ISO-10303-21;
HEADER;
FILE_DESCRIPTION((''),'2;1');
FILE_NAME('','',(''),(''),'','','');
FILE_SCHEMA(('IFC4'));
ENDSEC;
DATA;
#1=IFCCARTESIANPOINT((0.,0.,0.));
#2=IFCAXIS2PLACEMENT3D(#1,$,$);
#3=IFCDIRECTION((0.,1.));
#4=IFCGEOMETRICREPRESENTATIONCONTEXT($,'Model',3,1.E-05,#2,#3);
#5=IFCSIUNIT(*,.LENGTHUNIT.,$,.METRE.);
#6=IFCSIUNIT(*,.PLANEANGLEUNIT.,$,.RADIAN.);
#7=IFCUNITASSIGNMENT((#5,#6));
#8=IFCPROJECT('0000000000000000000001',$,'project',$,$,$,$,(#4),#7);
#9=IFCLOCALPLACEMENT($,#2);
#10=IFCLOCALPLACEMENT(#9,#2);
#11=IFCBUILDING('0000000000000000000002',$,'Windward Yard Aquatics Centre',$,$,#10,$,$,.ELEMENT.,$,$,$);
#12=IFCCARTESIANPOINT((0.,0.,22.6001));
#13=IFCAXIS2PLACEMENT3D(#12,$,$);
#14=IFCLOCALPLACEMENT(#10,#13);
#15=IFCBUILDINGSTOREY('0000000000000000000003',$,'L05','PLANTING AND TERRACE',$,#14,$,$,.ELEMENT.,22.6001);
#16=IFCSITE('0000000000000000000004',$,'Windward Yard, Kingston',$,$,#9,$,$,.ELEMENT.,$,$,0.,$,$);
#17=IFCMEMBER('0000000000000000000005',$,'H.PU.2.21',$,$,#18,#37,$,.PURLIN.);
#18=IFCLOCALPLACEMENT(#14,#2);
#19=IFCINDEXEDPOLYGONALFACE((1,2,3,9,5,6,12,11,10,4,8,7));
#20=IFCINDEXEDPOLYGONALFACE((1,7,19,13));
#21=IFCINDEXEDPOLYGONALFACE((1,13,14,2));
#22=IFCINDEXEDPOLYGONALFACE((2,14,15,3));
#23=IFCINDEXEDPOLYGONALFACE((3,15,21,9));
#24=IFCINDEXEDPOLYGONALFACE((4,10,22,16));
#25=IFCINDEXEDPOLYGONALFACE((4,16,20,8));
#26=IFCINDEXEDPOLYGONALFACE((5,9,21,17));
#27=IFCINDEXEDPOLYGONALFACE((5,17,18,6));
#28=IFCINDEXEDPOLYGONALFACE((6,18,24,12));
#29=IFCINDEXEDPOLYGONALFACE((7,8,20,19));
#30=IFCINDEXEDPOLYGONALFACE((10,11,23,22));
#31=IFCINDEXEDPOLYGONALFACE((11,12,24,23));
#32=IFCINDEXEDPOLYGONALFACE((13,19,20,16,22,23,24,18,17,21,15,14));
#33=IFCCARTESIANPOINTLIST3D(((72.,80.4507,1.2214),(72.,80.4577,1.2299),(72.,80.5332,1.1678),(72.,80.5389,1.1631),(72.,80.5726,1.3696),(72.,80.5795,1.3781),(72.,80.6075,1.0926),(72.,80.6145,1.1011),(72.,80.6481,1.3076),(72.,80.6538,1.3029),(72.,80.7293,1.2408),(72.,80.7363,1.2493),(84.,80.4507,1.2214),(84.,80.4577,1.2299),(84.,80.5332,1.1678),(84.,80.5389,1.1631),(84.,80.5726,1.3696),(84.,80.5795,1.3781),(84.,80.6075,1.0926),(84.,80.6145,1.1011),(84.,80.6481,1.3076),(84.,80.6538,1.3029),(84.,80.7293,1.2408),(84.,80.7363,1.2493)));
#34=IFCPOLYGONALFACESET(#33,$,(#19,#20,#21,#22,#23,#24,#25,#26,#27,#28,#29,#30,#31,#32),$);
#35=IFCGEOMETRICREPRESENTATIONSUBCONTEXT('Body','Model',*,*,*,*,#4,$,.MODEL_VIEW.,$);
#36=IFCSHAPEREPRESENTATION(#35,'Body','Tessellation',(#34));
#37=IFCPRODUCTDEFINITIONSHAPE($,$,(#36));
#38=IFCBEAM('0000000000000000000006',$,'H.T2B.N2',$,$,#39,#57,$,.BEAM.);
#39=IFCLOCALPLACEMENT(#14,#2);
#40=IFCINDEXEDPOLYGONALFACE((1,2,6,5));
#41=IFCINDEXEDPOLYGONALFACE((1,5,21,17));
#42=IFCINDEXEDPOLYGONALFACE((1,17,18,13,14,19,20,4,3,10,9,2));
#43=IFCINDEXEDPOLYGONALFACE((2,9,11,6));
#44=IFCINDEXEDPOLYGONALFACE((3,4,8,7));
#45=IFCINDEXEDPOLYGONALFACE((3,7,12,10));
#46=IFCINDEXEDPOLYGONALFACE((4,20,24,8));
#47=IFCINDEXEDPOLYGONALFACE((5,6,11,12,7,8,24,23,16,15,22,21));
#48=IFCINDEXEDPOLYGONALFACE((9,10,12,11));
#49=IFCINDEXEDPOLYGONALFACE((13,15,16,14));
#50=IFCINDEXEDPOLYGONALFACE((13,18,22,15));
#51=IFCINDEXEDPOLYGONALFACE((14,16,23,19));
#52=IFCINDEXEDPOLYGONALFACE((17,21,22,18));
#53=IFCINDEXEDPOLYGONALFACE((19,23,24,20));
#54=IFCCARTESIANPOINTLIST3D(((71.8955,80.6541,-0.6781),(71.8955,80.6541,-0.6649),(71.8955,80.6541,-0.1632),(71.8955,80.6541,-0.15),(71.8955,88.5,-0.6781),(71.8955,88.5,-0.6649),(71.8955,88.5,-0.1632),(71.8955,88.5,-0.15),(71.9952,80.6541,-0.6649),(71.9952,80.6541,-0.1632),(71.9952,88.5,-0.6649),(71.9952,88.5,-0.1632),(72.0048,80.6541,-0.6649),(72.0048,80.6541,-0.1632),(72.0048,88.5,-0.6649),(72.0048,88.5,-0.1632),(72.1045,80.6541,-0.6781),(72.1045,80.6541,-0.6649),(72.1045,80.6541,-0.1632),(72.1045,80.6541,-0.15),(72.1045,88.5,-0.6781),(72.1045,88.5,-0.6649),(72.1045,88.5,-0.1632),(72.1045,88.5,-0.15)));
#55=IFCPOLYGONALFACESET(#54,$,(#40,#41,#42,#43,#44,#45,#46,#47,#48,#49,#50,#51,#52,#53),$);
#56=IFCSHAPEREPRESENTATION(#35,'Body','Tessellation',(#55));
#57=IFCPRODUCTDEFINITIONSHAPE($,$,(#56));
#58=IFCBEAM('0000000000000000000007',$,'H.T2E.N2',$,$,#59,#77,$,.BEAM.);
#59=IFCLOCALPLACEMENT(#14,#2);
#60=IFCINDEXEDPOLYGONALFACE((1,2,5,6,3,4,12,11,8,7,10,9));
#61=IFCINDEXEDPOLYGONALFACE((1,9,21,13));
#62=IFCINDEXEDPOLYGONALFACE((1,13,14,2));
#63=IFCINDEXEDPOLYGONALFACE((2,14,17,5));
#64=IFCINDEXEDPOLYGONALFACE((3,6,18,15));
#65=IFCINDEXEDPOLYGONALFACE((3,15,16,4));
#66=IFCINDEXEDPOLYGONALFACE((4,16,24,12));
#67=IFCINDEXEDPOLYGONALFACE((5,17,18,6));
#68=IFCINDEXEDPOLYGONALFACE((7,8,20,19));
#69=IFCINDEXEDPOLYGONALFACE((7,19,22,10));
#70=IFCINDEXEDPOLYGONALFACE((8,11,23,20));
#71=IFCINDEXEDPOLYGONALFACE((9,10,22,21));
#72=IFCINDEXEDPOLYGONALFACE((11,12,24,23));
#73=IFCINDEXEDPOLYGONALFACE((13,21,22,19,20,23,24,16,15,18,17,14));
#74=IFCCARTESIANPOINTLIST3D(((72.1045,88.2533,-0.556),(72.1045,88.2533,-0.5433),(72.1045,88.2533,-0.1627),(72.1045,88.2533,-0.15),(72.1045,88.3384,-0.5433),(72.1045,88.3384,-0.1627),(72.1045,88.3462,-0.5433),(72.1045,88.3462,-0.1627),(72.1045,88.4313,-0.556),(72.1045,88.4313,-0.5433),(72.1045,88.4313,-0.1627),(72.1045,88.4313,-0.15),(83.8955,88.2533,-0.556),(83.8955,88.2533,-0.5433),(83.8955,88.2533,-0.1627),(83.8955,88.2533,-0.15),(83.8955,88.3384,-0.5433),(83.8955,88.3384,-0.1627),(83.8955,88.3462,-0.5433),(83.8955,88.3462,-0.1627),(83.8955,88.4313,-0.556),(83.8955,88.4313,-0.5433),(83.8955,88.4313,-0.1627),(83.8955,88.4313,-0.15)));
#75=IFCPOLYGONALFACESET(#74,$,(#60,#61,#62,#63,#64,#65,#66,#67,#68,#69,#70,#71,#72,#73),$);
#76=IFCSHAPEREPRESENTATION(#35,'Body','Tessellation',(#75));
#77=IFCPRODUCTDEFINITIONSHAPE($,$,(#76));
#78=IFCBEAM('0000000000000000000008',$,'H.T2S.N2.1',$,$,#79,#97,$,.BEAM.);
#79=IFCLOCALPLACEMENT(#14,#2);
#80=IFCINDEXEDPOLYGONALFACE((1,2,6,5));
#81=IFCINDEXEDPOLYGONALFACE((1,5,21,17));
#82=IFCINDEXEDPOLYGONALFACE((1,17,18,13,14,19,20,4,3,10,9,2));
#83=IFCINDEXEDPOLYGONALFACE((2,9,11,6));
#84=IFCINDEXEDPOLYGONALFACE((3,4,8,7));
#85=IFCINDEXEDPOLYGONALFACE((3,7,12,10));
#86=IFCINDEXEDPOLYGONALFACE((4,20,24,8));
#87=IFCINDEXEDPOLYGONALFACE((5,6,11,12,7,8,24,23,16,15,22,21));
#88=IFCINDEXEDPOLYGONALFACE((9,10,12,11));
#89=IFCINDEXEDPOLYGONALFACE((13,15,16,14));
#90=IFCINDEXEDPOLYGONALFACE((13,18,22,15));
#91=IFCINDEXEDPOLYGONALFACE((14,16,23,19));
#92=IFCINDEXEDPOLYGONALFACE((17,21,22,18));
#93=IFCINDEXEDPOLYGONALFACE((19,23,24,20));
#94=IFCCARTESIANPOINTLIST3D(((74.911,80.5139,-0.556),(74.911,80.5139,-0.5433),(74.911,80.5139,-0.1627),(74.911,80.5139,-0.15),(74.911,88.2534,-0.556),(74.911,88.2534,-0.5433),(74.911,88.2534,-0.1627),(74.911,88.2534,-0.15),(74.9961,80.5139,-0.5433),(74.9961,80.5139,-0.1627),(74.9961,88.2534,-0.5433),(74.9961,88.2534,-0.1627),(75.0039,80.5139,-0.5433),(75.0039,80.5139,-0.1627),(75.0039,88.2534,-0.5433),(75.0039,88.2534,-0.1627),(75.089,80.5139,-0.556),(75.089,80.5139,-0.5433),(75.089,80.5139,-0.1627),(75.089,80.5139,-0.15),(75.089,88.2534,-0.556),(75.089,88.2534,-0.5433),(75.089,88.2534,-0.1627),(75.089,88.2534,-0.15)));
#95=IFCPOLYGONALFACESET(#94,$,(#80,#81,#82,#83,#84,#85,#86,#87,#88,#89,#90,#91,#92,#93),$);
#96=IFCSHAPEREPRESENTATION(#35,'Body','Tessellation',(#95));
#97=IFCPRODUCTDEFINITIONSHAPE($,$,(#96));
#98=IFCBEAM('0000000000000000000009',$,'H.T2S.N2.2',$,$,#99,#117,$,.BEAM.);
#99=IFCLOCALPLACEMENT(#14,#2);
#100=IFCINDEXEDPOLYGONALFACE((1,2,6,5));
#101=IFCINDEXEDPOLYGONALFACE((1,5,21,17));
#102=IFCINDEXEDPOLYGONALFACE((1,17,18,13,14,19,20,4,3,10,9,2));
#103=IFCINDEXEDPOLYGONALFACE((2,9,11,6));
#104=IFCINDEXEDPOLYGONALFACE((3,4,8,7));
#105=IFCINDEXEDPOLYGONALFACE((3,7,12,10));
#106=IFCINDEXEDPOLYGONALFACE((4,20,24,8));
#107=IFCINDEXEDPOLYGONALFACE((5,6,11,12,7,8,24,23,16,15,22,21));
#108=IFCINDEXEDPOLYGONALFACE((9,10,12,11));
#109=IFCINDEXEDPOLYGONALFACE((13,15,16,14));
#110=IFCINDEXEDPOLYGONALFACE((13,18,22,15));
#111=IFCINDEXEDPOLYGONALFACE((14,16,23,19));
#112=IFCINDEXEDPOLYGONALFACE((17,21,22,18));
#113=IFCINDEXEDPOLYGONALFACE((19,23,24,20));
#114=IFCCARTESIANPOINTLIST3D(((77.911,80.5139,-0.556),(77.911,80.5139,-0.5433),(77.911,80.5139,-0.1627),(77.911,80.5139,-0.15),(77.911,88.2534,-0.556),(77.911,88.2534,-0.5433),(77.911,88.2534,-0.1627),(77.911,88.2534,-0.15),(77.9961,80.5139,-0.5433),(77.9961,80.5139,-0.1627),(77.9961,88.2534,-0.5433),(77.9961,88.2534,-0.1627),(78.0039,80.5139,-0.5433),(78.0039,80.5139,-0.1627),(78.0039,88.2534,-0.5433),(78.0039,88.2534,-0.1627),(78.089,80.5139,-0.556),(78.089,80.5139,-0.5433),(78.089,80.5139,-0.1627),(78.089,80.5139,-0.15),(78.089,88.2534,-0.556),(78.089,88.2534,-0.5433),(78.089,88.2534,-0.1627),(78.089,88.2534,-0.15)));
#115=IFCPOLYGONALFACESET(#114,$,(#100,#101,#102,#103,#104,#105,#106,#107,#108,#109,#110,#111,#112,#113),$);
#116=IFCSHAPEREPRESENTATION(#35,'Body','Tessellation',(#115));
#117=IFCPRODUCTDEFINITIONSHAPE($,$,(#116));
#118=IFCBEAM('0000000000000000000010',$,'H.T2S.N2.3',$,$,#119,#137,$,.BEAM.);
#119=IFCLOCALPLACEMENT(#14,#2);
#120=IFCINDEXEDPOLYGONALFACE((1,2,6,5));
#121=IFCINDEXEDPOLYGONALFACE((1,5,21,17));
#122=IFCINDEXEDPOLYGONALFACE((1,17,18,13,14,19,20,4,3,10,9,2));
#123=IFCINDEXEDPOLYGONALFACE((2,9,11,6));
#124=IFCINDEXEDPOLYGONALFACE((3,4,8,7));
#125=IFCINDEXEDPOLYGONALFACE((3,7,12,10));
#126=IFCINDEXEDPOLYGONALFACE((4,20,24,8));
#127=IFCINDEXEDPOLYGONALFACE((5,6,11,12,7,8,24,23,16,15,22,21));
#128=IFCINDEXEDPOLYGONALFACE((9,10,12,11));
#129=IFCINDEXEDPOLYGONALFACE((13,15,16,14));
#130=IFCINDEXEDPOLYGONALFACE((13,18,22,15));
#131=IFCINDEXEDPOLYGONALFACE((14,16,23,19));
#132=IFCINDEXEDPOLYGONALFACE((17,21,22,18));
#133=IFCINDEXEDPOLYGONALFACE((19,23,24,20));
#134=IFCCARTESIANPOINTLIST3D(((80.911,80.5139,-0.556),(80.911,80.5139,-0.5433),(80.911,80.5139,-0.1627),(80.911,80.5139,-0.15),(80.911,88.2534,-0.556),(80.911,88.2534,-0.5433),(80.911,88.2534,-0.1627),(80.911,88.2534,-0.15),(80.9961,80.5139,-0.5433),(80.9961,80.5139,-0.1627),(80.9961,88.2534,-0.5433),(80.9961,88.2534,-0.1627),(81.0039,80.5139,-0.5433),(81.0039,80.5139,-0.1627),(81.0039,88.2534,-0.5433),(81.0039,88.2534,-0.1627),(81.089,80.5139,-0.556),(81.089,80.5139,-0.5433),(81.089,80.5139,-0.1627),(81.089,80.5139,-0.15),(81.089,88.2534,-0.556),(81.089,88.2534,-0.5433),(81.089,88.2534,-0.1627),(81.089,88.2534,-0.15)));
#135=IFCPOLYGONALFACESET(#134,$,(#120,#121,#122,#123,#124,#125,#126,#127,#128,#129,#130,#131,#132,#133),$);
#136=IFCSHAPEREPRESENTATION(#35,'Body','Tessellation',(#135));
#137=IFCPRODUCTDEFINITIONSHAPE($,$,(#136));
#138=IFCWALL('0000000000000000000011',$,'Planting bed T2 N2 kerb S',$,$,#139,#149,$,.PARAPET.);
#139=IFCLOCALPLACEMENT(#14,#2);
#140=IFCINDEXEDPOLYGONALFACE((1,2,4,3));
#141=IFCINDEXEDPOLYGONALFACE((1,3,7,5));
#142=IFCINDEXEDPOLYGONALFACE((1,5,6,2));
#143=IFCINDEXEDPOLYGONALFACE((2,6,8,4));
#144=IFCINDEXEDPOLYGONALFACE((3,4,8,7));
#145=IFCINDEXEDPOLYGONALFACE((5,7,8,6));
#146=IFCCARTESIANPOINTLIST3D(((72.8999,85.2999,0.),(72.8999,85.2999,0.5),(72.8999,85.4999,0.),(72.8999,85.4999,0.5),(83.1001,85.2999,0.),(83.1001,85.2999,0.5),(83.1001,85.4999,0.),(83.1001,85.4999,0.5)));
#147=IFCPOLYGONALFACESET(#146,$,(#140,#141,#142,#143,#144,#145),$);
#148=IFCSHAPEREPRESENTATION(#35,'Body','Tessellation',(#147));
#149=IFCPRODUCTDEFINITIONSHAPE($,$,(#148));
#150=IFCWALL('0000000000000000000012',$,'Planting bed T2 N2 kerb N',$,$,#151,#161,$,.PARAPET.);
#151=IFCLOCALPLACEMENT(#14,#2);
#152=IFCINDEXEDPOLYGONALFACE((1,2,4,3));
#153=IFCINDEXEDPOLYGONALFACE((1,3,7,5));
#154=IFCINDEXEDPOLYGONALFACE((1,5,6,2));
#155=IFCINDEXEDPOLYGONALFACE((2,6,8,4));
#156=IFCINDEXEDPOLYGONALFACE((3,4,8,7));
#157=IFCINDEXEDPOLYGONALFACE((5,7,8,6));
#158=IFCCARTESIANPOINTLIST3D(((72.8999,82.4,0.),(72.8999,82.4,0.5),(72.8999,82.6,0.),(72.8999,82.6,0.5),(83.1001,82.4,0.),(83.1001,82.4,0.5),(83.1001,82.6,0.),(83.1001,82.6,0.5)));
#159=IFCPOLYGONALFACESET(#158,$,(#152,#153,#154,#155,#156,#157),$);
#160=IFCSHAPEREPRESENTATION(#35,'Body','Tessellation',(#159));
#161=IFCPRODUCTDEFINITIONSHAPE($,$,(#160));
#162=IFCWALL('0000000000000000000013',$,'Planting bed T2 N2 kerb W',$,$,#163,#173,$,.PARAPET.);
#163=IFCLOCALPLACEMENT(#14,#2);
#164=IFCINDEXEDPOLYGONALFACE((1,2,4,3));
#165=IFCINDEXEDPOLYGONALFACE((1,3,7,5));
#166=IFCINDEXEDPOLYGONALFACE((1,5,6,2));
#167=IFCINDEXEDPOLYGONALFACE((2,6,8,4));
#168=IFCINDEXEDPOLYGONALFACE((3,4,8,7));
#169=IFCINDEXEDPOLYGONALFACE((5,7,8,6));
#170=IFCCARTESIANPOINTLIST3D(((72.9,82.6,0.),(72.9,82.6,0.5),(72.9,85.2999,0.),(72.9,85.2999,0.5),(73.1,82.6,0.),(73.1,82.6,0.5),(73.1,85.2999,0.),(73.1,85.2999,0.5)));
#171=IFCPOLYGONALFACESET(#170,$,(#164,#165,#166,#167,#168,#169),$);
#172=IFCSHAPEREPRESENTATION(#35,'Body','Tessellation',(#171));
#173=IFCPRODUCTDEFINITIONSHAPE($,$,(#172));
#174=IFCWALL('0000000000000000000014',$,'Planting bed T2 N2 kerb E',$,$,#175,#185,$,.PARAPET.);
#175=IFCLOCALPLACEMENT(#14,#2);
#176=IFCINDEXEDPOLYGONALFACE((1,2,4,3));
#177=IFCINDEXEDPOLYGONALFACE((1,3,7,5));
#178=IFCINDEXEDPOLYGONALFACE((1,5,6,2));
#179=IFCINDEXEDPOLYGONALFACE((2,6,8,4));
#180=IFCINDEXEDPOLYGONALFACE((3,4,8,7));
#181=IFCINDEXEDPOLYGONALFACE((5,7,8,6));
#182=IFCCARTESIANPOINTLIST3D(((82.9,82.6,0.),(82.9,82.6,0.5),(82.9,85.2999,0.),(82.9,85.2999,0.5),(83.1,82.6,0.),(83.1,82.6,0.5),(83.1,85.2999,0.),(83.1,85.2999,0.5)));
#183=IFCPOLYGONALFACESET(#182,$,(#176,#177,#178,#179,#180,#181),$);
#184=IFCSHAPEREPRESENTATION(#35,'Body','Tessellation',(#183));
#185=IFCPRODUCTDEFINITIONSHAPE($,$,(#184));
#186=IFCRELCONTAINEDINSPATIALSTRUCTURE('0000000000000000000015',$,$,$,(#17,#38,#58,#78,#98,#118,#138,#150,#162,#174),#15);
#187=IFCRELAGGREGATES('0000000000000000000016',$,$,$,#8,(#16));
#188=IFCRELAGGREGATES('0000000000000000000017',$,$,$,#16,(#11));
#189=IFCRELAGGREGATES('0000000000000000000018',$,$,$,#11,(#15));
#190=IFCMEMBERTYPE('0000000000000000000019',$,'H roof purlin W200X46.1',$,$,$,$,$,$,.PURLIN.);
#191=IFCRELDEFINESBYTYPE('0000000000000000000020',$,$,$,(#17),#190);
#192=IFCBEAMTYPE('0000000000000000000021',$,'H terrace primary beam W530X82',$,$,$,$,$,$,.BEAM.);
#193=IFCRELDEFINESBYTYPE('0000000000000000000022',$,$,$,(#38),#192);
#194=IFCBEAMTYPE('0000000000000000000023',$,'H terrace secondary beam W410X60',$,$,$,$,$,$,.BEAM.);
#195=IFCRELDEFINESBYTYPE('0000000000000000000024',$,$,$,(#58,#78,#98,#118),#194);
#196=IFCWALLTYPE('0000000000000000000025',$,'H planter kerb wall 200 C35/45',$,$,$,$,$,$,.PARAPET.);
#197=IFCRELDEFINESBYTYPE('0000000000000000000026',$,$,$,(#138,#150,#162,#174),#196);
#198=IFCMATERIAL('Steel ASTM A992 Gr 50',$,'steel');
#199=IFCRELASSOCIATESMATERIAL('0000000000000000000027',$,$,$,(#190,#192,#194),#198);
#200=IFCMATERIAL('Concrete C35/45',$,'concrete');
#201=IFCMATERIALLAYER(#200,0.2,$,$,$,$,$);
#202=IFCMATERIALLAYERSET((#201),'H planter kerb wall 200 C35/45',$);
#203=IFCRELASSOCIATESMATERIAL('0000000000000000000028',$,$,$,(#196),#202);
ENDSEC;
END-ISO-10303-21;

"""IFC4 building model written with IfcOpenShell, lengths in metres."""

from ifc_helpers import new_model, si_unit, direction, frame, frame_2d, origin, origin_2d, place, context, subcontext, project, spatial, rectangle, i_section, extrude, material, layer, layer_set, material_profile, profile_set, type_object, element, save


model = new_model("IFC4")

# Units and contexts
model_context = context("Model", 3, precision=1e-05, world=origin(), true_north=direction((0.0, 1.0)))
body_context = subcontext(model_context, "Body", "Model", "MODEL_VIEW")
ifc_project = project(units=[si_unit("LENGTHUNIT", "METRE"), si_unit("PLANEANGLEUNIT", "RADIAN")], contexts=[model_context])

# Site, building, storey
site_placement = place(None, origin())
site = spatial("IfcSite", under=ifc_project, at=site_placement, Name="Windward Yard, Kingston", CompositionType="ELEMENT", RefElevation=0.0)
building_placement = place(site_placement, origin())
building = spatial("IfcBuilding", under=site, at=building_placement, Name="Windward Yard Aquatics Centre", CompositionType="ELEMENT")
storey_placement = place(building_placement, frame((0.0, 0.0, 22.6001)))
storey = spatial("IfcBuildingStorey", under=building, at=storey_placement, Name="L05", Description="PLANTING AND TERRACE", CompositionType="ELEMENT", Elevation=22.6001)

# Shared definitions
ifc_material_1 = material(Name="Steel ASTM A992 Gr 50", Category="steel")

# Member
ifc_material_profile_1 = material_profile(ifc_material_1, i_section(OverallWidth=0.2029, OverallDepth=0.2029, WebThickness=0.0073, FlangeThickness=0.011, at=origin_2d()), Name="W200X46.1")
ifc_profile_set_1 = profile_set([ifc_material_profile_1], Name="Steel ASTM A992 Gr 50")
member_type_1 = type_object("IfcMemberType", Name="H roof purlin W200X46.1", PredefinedType="PURLIN", material=ifc_profile_set_1)
for number, where, z_axis, x_axis, name in (
    (1, (72.0, 80.5935, 1.2354), (1.0, 0.0, 0.0), (0.0, 0.772611, -0.63488), "H.PU.2.21"),
):
    element("IfcMember", number, at=place(storey_placement, frame(where, z_axis=z_axis, x_axis=x_axis)), inside=storey, type_object=member_type_1, Name=name, PredefinedType="PURLIN", context=body_context, shape_type="SweptSolid", body=[
        extrude(i_section(OverallWidth=0.2029, OverallDepth=0.2029, WebThickness=0.0073, FlangeThickness=0.011, at=origin_2d()), origin(), (0.0, 0.0, 1.0), 12.0),
    ])

# Beams
ifc_material_profile_2 = material_profile(ifc_material_1, i_section(OverallWidth=0.209, OverallDepth=0.5281, WebThickness=0.0095, FlangeThickness=0.0132, at=origin_2d()), Name="W530X82")
ifc_profile_set_2 = profile_set([ifc_material_profile_2], Name="Steel ASTM A992 Gr 50")
beam_type_1 = type_object("IfcBeamType", Name="H terrace primary beam W530X82", PredefinedType="BEAM", material=ifc_profile_set_2)
beam_1_placement = place(storey_placement, frame((72.0, 88.5, -0.4141), z_axis=(0.0, -1.0, 0.0), x_axis=(1.0, 0.0, 0.0)))
element("IfcBeam", 2, at=beam_1_placement, inside=storey, type_object=beam_type_1, Name="H.T2B.N2", PredefinedType="BEAM", context=body_context, shape_type="SweptSolid", body=[
    extrude(i_section(OverallWidth=0.209, OverallDepth=0.5281, WebThickness=0.0095, FlangeThickness=0.0132, at=origin_2d()), origin(), (0.0, 0.0, 1.0), 7.8459),
])
ifc_material_profile_3 = material_profile(ifc_material_1, i_section(OverallWidth=0.178, OverallDepth=0.406, WebThickness=0.0078, FlangeThickness=0.0127, at=origin_2d()), Name="W410X60")
ifc_profile_set_3 = profile_set([ifc_material_profile_3], Name="Steel ASTM A992 Gr 50")
beam_type_2 = type_object("IfcBeamType", Name="H terrace secondary beam W410X60", PredefinedType="BEAM", material=ifc_profile_set_3)
beam_2_placement = place(storey_placement, frame((72.1045, 88.3423, -0.353), z_axis=(1.0, 0.0, 0.0), x_axis=(0.0, 1.0, 0.0)))
element("IfcBeam", 3, at=beam_2_placement, inside=storey, type_object=beam_type_2, Name="H.T2E.N2", PredefinedType="BEAM", context=body_context, shape_type="SweptSolid", body=[
    extrude(i_section(OverallWidth=0.178, OverallDepth=0.406, WebThickness=0.0078, FlangeThickness=0.0127, at=origin_2d()), origin(), (0.0, 0.0, 1.0), 11.791),
])
for number, where, z_axis, x_axis, name in (
    (4, (75.0, 88.2534, -0.353), (0.0, -1.0, 0.0), (1.0, 0.0, 0.0), "H.T2S.N2.1"),
    (5, (78.0, 88.2534, -0.353), (0.0, -1.0, 0.0), (1.0, 0.0, 0.0), "H.T2S.N2.2"),
    (6, (81.0, 88.2534, -0.353), (0.0, -1.0, 0.0), (1.0, 0.0, 0.0), "H.T2S.N2.3"),
):
    element("IfcBeam", number, at=place(storey_placement, frame(where, z_axis=z_axis, x_axis=x_axis)), inside=storey, type_object=beam_type_2, Name=name, PredefinedType="BEAM", context=body_context, shape_type="SweptSolid", body=[
        extrude(i_section(OverallWidth=0.178, OverallDepth=0.406, WebThickness=0.0078, FlangeThickness=0.0127, at=origin_2d()), origin(), (0.0, 0.0, 1.0), 7.7395),
    ])

# Walls
ifc_material_2 = material(Name="Concrete C35/45", Category="concrete")
ifc_layer_1 = layer(ifc_material_2, 0.2)
ifc_layer_set_1 = layer_set([ifc_layer_1], Name="H planter kerb wall 200 C35/45")
wall_type = type_object("IfcWallType", Name="H planter kerb wall 200 C35/45", PredefinedType="PARAPET", material=ifc_layer_set_1)
for number, where, z_axis, x_axis, name in (
    (7, (72.8999, 85.3999, 0.0), (0.0, 0.0, 1.0), (1.0, 0.0, 0.0), "Planting bed T2 N2 kerb S"),
    (8, (72.8999, 82.5, 0.0), (0.0, 0.0, 1.0), (1.0, 0.0, 0.0), "Planting bed T2 N2 kerb N"),
):
    element("IfcWall", number, at=place(storey_placement, frame(where, z_axis=z_axis, x_axis=x_axis)), inside=storey, type_object=wall_type, Name=name, PredefinedType="PARAPET", context=body_context, shape_type="SweptSolid", body=[
        extrude(rectangle(XDim=10.2002, YDim=0.2, at=frame_2d((5.1001, 0.0))), origin(), (0.0, 0.0, 1.0), 0.5),
    ])
for number, where, z_axis, x_axis, name in (
    (9, (73.0, 85.3, 0.0), (0.0, 0.0, 1.0), (0.0, -1.0, 0.0), "Planting bed T2 N2 kerb W"),
    (10, (83.0, 85.3, 0.0), (0.0, 0.0, 1.0), (0.0, -1.0, 0.0), "Planting bed T2 N2 kerb E"),
):
    element("IfcWall", number, at=place(storey_placement, frame(where, z_axis=z_axis, x_axis=x_axis)), inside=storey, type_object=wall_type, Name=name, PredefinedType="PARAPET", context=body_context, shape_type="SweptSolid", body=[
        extrude(rectangle(XDim=2.7, YDim=0.2, at=frame_2d((1.3501, 0.0))), origin(), (0.0, 0.0, 1.0), 0.5),
    ])

save(model, "model.ifc")
